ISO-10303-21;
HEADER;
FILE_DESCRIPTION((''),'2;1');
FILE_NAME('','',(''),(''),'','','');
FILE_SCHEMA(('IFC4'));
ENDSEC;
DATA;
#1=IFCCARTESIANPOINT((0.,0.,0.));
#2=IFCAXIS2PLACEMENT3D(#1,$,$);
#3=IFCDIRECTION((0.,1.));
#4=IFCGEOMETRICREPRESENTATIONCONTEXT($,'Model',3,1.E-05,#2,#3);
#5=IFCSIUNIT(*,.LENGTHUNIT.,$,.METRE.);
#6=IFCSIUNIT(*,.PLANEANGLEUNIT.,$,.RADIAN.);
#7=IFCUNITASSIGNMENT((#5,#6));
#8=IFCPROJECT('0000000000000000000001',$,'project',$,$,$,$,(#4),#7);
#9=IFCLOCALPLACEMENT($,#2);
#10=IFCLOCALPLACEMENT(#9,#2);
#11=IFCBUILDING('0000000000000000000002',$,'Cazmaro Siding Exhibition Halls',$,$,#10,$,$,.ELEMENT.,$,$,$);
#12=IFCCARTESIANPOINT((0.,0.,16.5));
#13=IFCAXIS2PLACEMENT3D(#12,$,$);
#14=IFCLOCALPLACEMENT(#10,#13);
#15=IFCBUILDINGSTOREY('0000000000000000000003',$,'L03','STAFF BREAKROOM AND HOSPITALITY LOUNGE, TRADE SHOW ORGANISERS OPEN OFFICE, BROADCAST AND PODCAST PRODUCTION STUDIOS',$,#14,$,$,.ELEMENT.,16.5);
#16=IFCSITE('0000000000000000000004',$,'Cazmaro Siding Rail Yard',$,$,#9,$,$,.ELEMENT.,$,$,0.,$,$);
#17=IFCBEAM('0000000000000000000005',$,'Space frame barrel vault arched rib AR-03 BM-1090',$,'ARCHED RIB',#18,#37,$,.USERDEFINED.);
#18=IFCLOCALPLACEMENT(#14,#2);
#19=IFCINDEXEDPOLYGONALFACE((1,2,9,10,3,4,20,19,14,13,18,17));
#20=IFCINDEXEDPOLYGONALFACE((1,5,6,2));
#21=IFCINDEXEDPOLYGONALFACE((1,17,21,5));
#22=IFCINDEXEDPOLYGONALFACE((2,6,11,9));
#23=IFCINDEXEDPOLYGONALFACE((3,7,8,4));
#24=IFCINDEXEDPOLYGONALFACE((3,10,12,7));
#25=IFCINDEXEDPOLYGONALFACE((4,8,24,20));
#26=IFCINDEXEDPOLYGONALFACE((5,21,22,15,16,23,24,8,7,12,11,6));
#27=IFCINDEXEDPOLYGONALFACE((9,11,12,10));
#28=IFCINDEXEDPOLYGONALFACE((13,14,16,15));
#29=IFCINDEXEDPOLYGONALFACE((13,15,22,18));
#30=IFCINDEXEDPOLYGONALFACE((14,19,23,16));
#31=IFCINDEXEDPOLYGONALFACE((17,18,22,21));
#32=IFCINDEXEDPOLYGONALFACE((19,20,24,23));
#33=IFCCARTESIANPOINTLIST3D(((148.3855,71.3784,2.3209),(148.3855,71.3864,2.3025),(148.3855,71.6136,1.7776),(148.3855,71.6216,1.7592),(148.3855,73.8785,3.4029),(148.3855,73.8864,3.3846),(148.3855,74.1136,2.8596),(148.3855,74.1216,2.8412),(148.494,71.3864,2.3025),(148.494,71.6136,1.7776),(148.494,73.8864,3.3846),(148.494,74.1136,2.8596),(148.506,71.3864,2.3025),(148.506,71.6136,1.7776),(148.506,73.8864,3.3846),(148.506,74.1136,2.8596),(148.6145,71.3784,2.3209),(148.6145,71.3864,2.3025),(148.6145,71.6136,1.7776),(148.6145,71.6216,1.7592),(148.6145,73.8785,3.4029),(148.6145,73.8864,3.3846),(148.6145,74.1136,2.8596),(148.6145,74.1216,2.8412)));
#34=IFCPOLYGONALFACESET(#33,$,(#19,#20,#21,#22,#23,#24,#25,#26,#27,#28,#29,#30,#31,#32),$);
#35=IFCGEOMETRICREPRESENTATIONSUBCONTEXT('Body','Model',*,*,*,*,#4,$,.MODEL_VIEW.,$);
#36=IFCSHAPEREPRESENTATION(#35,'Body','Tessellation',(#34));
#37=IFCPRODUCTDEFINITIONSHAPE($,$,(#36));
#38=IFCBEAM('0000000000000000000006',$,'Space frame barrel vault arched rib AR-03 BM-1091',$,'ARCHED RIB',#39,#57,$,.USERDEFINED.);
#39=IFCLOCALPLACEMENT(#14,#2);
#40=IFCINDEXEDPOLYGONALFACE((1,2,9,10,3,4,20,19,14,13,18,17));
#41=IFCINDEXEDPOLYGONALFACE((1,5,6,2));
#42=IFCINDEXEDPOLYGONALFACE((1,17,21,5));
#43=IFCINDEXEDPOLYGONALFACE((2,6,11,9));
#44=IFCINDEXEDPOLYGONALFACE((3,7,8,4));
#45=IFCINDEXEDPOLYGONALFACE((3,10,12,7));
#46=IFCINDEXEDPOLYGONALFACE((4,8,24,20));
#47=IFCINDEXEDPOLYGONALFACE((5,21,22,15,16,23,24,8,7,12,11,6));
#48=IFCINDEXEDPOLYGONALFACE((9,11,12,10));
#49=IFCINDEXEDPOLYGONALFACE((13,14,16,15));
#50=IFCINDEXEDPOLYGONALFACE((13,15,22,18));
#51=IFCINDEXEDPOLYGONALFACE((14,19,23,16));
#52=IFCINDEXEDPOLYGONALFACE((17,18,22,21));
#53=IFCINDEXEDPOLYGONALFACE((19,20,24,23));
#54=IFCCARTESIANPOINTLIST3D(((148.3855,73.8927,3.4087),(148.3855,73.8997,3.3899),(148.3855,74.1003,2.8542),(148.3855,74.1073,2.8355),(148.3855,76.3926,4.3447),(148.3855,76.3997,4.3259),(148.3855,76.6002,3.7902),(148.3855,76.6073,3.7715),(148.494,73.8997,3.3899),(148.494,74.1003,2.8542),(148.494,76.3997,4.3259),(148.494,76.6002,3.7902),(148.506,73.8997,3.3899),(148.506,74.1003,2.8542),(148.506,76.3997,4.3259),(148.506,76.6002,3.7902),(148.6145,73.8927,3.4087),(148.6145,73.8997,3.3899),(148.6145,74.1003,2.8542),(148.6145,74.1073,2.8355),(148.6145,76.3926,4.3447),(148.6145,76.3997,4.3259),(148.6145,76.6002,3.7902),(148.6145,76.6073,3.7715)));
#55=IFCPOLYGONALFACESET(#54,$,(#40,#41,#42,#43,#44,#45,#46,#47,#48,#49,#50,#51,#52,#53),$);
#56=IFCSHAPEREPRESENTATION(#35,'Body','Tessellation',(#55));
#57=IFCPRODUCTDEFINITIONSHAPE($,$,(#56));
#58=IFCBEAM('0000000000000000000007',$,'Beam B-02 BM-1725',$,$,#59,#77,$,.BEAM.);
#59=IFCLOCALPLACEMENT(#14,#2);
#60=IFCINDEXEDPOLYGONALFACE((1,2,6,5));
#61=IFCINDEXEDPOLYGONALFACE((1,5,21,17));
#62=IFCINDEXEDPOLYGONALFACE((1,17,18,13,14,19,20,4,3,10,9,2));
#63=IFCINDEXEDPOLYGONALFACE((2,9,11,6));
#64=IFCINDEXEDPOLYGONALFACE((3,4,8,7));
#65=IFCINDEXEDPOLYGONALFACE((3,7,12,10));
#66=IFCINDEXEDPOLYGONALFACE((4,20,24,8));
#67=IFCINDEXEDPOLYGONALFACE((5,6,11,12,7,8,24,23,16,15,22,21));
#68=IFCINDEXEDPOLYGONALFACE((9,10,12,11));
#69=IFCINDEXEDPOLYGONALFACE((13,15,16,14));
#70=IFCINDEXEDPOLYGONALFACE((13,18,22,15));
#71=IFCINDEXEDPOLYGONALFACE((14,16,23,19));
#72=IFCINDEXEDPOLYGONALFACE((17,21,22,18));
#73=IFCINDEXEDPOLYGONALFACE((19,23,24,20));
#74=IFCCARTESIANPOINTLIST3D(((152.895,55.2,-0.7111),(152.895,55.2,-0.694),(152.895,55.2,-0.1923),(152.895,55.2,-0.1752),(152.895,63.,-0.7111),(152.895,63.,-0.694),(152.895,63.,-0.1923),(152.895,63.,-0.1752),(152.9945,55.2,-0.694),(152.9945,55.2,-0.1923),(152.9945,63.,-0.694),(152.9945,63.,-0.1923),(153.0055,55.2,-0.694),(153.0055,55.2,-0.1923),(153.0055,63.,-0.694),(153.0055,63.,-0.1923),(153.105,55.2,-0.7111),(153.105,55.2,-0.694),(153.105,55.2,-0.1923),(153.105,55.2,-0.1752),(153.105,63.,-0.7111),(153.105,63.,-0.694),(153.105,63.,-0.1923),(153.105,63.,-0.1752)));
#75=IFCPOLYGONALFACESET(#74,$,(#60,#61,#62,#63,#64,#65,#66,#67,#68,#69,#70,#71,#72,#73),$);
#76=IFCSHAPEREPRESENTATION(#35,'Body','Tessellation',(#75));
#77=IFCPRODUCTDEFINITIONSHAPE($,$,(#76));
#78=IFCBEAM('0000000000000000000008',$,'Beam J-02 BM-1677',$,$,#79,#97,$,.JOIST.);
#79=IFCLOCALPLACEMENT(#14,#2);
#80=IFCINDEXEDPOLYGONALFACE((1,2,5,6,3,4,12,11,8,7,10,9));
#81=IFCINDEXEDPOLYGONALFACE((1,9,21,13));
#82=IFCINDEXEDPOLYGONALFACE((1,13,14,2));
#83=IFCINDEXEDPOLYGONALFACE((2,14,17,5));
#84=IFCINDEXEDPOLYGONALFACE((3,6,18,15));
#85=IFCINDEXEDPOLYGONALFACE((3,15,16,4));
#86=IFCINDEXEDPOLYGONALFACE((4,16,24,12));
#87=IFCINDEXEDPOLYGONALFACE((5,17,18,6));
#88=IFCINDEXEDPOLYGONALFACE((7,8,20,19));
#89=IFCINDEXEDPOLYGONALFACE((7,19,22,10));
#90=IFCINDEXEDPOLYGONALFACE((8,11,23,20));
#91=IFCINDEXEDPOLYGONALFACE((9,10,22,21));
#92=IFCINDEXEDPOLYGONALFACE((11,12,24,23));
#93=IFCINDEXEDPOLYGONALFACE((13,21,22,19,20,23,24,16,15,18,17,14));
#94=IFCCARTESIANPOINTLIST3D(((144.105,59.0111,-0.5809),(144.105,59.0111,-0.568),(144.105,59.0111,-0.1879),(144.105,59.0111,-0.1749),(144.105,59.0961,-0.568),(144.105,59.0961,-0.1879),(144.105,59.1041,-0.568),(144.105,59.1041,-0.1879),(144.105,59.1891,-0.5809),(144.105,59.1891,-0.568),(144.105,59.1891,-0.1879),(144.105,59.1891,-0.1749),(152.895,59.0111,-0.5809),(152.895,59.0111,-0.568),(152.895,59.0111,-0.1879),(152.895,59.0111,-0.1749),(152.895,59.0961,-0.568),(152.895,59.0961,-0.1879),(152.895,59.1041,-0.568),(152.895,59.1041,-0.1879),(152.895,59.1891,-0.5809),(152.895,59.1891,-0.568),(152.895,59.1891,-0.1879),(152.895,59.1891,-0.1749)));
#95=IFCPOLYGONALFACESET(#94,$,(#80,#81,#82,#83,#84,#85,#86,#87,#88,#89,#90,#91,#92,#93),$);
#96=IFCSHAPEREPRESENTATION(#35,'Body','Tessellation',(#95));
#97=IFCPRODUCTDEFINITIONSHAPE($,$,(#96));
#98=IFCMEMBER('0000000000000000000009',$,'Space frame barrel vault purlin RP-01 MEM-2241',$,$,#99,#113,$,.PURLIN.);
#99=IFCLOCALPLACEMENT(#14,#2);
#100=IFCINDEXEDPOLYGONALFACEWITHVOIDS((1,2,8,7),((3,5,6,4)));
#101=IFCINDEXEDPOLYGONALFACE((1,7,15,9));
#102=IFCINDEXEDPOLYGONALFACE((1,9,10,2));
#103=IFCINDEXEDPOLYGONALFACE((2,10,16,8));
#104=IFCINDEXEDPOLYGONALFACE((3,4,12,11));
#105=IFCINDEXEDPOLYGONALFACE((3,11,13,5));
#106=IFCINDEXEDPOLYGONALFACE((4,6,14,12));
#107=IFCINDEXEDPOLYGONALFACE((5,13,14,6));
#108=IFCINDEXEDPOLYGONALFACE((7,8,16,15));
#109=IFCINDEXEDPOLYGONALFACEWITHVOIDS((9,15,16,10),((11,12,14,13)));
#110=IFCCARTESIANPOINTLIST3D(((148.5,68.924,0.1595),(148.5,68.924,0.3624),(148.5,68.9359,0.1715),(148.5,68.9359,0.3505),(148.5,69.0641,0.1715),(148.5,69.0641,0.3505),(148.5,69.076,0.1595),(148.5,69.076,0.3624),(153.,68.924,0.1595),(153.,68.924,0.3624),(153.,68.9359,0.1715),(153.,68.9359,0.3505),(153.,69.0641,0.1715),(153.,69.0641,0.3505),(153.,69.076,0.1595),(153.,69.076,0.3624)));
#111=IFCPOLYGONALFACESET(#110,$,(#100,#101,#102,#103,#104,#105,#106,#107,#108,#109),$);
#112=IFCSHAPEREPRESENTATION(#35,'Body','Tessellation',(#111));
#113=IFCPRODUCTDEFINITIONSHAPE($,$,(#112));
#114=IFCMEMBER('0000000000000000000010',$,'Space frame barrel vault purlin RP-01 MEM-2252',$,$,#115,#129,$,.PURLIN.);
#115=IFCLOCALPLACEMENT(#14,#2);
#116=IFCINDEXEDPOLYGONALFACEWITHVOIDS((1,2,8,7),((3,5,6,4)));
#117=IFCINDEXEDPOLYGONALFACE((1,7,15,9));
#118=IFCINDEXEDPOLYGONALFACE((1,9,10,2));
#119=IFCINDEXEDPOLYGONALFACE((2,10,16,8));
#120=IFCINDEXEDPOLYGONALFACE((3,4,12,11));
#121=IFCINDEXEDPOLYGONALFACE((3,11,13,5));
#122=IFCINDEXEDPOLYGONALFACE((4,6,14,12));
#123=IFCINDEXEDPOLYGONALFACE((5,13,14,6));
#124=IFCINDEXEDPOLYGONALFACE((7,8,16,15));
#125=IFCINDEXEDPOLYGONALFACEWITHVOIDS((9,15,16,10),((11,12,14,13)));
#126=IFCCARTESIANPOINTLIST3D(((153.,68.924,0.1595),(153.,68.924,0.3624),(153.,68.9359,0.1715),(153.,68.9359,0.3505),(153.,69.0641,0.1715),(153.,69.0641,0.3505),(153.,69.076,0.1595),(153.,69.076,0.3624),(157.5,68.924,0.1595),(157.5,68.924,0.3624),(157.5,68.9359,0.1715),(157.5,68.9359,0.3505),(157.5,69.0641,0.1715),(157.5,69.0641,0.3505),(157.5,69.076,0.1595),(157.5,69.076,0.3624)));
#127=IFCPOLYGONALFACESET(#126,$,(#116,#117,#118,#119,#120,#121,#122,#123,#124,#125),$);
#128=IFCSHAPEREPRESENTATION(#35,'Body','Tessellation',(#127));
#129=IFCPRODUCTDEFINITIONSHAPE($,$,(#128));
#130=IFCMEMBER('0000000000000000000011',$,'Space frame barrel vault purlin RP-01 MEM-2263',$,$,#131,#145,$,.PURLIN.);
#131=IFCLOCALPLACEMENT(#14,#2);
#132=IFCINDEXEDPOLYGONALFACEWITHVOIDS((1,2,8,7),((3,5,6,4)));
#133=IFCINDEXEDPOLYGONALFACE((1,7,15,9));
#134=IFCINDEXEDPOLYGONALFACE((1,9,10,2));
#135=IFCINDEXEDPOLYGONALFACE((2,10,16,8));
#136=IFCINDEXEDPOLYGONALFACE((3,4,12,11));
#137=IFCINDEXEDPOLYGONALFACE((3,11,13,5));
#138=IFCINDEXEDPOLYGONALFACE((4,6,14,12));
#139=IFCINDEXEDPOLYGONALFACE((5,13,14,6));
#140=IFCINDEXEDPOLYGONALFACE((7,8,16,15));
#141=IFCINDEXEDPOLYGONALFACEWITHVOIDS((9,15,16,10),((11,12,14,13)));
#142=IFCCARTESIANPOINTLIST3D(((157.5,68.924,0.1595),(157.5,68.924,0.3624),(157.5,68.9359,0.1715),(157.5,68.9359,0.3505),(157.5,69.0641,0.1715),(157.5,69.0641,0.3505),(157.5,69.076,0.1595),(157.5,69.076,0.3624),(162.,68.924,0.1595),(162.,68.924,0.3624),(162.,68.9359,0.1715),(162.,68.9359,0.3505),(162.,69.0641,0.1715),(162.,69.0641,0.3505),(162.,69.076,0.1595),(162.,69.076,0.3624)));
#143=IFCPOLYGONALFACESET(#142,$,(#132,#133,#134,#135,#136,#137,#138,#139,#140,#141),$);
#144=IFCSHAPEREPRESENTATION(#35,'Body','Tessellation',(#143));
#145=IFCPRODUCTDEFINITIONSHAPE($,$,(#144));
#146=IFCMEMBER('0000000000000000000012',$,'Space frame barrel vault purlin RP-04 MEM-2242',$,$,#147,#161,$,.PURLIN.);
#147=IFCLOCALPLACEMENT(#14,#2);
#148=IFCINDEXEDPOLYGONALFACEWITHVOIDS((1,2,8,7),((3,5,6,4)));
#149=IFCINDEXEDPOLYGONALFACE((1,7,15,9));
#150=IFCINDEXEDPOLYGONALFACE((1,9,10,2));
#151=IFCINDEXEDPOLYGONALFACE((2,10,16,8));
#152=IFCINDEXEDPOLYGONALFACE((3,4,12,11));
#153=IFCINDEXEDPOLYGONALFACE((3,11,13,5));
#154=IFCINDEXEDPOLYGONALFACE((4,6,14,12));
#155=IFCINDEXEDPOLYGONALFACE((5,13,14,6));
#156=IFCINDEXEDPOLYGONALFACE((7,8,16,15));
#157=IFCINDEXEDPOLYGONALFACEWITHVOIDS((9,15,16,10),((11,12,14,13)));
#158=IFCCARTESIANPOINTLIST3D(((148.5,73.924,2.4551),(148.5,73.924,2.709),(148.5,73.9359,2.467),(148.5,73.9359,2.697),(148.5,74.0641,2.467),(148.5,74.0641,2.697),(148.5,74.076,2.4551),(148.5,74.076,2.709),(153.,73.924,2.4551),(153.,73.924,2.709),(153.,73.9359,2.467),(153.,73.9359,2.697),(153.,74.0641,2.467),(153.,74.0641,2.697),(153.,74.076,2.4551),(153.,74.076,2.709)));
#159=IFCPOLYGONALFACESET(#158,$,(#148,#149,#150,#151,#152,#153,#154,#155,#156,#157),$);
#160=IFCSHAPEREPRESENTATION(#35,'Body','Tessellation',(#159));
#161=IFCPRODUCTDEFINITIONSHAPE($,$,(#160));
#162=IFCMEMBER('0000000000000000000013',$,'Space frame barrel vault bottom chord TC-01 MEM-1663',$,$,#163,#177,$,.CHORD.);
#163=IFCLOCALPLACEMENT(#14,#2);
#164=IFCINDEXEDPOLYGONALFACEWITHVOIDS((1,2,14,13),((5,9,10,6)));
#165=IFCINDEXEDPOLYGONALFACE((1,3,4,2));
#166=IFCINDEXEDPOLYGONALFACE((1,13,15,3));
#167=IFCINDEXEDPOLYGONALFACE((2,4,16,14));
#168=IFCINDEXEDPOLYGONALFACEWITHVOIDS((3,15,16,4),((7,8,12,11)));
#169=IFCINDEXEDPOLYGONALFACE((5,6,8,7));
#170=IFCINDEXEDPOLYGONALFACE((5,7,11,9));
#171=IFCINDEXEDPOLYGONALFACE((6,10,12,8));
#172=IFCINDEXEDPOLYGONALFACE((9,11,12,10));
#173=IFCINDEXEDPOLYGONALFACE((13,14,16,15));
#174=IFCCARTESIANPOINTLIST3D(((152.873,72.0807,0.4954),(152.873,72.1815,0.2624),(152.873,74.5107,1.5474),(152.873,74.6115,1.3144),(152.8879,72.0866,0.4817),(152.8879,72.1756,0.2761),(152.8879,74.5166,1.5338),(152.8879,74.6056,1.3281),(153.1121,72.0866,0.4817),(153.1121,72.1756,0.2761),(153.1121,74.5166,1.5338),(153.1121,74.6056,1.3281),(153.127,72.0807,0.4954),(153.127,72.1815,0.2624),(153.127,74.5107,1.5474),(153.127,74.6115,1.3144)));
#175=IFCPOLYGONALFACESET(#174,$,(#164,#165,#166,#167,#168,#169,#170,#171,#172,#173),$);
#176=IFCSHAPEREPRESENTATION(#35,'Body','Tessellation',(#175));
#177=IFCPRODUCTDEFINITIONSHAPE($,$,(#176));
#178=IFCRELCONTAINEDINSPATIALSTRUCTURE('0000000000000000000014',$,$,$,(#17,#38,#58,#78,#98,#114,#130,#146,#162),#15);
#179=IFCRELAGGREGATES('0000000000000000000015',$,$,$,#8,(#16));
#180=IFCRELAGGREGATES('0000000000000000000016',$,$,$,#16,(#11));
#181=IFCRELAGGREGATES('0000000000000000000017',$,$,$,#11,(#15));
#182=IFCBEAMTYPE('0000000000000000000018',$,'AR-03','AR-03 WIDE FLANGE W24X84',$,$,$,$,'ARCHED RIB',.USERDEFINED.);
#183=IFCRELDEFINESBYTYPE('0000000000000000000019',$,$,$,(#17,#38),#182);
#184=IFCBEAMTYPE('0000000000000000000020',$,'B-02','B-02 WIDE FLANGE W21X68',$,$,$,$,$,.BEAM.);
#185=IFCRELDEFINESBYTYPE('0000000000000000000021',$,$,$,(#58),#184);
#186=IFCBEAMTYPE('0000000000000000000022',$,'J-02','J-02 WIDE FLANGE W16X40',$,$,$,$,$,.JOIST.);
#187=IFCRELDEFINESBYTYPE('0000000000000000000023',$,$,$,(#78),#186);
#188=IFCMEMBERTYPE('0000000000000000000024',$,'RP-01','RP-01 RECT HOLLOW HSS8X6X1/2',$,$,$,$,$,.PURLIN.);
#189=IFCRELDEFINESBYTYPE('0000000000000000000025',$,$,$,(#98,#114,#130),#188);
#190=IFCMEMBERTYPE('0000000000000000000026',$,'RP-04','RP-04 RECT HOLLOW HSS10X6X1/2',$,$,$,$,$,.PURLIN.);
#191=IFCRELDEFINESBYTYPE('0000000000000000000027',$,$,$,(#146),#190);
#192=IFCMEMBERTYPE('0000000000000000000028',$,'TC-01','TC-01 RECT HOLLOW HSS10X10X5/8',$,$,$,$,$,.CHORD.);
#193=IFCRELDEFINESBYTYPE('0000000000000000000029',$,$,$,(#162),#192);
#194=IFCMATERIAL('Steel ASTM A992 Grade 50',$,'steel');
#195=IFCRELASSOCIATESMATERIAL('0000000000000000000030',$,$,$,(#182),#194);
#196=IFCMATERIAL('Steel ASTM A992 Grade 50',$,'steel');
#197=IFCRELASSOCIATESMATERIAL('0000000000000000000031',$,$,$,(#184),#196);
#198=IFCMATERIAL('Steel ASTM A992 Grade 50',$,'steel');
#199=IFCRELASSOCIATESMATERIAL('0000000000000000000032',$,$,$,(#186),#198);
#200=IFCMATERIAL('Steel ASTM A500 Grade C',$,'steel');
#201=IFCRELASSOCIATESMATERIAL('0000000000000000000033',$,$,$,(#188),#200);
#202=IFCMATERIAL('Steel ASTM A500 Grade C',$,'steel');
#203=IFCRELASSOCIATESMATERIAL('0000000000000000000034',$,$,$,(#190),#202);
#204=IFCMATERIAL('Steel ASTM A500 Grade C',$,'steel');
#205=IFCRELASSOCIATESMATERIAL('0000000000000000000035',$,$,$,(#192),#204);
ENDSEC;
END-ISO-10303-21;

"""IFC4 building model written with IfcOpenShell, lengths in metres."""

from ifc_helpers import new_model, si_unit, direction, frame, origin, origin_2d, place, context, subcontext, project, spatial, hollow_rectangle, i_section, extrude, material, material_profile, profile_set, type_object, element, save


model = new_model("IFC4")

# Units and contexts
model_context = context("Model", 3, precision=1e-05, world=origin(), true_north=direction((0.0, 1.0)))
body_context = subcontext(model_context, "Body", "Model", "MODEL_VIEW")
ifc_project = project(units=[si_unit("LENGTHUNIT", "METRE"), si_unit("PLANEANGLEUNIT", "RADIAN")], contexts=[model_context])

# Site, building, storey
site_placement = place(None, origin())
site = spatial("IfcSite", under=ifc_project, at=site_placement, Name="Cazmaro Siding Rail Yard", CompositionType="ELEMENT", RefElevation=0.0)
building_placement = place(site_placement, origin())
building = spatial("IfcBuilding", under=site, at=building_placement, Name="Cazmaro Siding Exhibition Halls", CompositionType="ELEMENT")
storey_placement = place(building_placement, frame((0.0, 0.0, 16.5)))
storey = spatial("IfcBuildingStorey", under=building, at=storey_placement, Name="L03", Description="STAFF BREAKROOM AND HOSPITALITY LOUNGE, TRADE SHOW ORGANISERS OPEN OFFICE, BROADCAST AND PODCAST PRODUCTION STUDIOS", CompositionType="ELEMENT", Elevation=16.5)

# Beams
ifc_material_1 = material(Name="Steel ASTM A992 Grade 50", Category="steel")
ifc_material_profile_1 = material_profile(ifc_material_1, i_section(OverallWidth=0.229, OverallDepth=0.6121, WebThickness=0.012, FlangeThickness=0.02, at=origin_2d()), Name="W24X84")
ifc_profile_set_1 = profile_set([ifc_material_profile_1], Name="Steel ASTM A992 Grade 50")
beam_type_1 = type_object("IfcBeamType", Name="AR-03", Description="AR-03 WIDE FLANGE W24X84", ElementType="ARCHED RIB", PredefinedType="USERDEFINED", material=ifc_profile_set_1)
beam_1_placement = place(storey_placement, frame((148.5, 71.5, 2.04), z_axis=(0.0, 0.91773, 0.397205), x_axis=(-1.0, 0.0, 0.0)))
element("IfcBeam", 1, at=beam_1_placement, inside=storey, type_object=beam_type_1, Name="Space frame barrel vault arched rib AR-03 BM-1090", ObjectType="ARCHED RIB", PredefinedType="USERDEFINED", context=body_context, shape_type="SweptSolid", body=[
    extrude(i_section(OverallWidth=0.229, OverallDepth=0.6121, WebThickness=0.012, FlangeThickness=0.02, at=origin_2d()), origin(), (0.0, 0.0, 1.0), 2.7241),
])
beam_2_placement = place(storey_placement, frame((148.5, 74.0, 3.1221), z_axis=(0.0, 0.936509, 0.350642), x_axis=(-1.0, 0.0, 0.0)))
element("IfcBeam", 2, at=beam_2_placement, inside=storey, type_object=beam_type_1, Name="Space frame barrel vault arched rib AR-03 BM-1091", ObjectType="ARCHED RIB", PredefinedType="USERDEFINED", context=body_context, shape_type="SweptSolid", body=[
    extrude(i_section(OverallWidth=0.229, OverallDepth=0.6121, WebThickness=0.012, FlangeThickness=0.02, at=origin_2d()), origin(), (0.0, 0.0, 1.0), 2.6694),
])
ifc_material_2 = material(Name="Steel ASTM A992 Grade 50", Category="steel")
ifc_material_profile_2 = material_profile(ifc_material_2, i_section(OverallWidth=0.21, OverallDepth=0.5359, WebThickness=0.011, FlangeThickness=0.0171, at=origin_2d()), Name="W21X68")
ifc_profile_set_2 = profile_set([ifc_material_profile_2], Name="Steel ASTM A992 Grade 50")
beam_type_2 = type_object("IfcBeamType", Name="B-02", Description="B-02 WIDE FLANGE W21X68", PredefinedType="BEAM", material=ifc_profile_set_2)
beam_3_placement = place(storey_placement, frame((153.0, 55.2, -0.4431), z_axis=(0.0, 1.0, 0.0), x_axis=(-1.0, 0.0, 0.0)))
element("IfcBeam", 3, at=beam_3_placement, inside=storey, type_object=beam_type_2, Name="Beam B-02 BM-1725", PredefinedType="BEAM", context=body_context, shape_type="SweptSolid", body=[
    extrude(i_section(OverallWidth=0.21, OverallDepth=0.5359, WebThickness=0.011, FlangeThickness=0.0171, at=origin_2d()), origin(), (0.0, 0.0, 1.0), 7.8),
])
ifc_material_3 = material(Name="Steel ASTM A992 Grade 50", Category="steel")
ifc_material_profile_3 = material_profile(ifc_material_3, i_section(OverallWidth=0.178, OverallDepth=0.406, WebThickness=0.0081, FlangeThickness=0.0129, at=origin_2d()), Name="W16X40")
ifc_profile_set_3 = profile_set([ifc_material_profile_3], Name="Steel ASTM A992 Grade 50")
beam_type_3 = type_object("IfcBeamType", Name="J-02", Description="J-02 WIDE FLANGE W16X40", PredefinedType="JOIST", material=ifc_profile_set_3)
beam_4_placement = place(storey_placement, frame((144.105, 59.1001, -0.3779), z_axis=(1.0, 0.0, 0.0), x_axis=(0.0, 1.0, 0.0)))
element("IfcBeam", 4, at=beam_4_placement, inside=storey, type_object=beam_type_3, Name="Beam J-02 BM-1677", PredefinedType="JOIST", context=body_context, shape_type="SweptSolid", body=[
    extrude(i_section(OverallWidth=0.178, OverallDepth=0.406, WebThickness=0.0081, FlangeThickness=0.0129, at=origin_2d()), origin(), (0.0, 0.0, 1.0), 8.79),
])

# Members
ifc_material_4 = material(Name="Steel ASTM A500 Grade C", Category="steel")
ifc_material_profile_4 = material_profile(ifc_material_4, hollow_rectangle(XDim=0.1521, YDim=0.2029, WallThickness=0.012, at=origin_2d()), Name="HSS8X6X1/2")
ifc_profile_set_4 = profile_set([ifc_material_profile_4], Name="Steel ASTM A500 Grade C")
member_type_1 = type_object("IfcMemberType", Name="RP-01", Description="RP-01 RECT HOLLOW HSS8X6X1/2", PredefinedType="PURLIN", material=ifc_profile_set_4)
for number, where, z_axis, x_axis, name in (
    (5, (148.5, 69.0, 0.261), (1.0, 0.0, 0.0), (0.0, 1.0, 0.0), "Space frame barrel vault purlin RP-01 MEM-2241"),
    (6, (153.0, 69.0, 0.261), (1.0, 0.0, 0.0), (0.0, 1.0, 0.0), "Space frame barrel vault purlin RP-01 MEM-2252"),
    (7, (157.5, 69.0, 0.261), (1.0, 0.0, 0.0), (0.0, 1.0, 0.0), "Space frame barrel vault purlin RP-01 MEM-2263"),
):
    element("IfcMember", number, at=place(storey_placement, frame(where, z_axis=z_axis, x_axis=x_axis)), inside=storey, type_object=member_type_1, Name=name, PredefinedType="PURLIN", context=body_context, shape_type="SweptSolid", body=[
        extrude(hollow_rectangle(XDim=0.1521, YDim=0.2029, WallThickness=0.012, at=origin_2d()), origin(), (0.0, 0.0, 1.0), 4.5),
    ])
ifc_material_5 = material(Name="Steel ASTM A500 Grade C", Category="steel")
ifc_material_profile_5 = material_profile(ifc_material_5, hollow_rectangle(XDim=0.1521, YDim=0.2539, WallThickness=0.012, at=origin_2d()), Name="HSS10X6X1/2")
ifc_profile_set_5 = profile_set([ifc_material_profile_5], Name="Steel ASTM A500 Grade C")
member_type_2 = type_object("IfcMemberType", Name="RP-04", Description="RP-04 RECT HOLLOW HSS10X6X1/2", PredefinedType="PURLIN", material=ifc_profile_set_5)
member_1_placement = place(storey_placement, frame((148.5, 74.0, 2.582), z_axis=(1.0, 0.0, 0.0), x_axis=(0.0, 1.0, 0.0)))
element("IfcMember", 8, at=member_1_placement, inside=storey, type_object=member_type_2, Name="Space frame barrel vault purlin RP-04 MEM-2242", PredefinedType="PURLIN", context=body_context, shape_type="SweptSolid", body=[
    extrude(hollow_rectangle(XDim=0.1521, YDim=0.2539, WallThickness=0.012, at=origin_2d()), origin(), (0.0, 0.0, 1.0), 4.5),
])
ifc_material_6 = material(Name="Steel ASTM A500 Grade C", Category="steel")
ifc_material_profile_6 = material_profile(ifc_material_6, hollow_rectangle(XDim=0.2539, YDim=0.2539, WallThickness=0.0149, at=origin_2d()), Name="HSS10X10X5/8")
ifc_profile_set_6 = profile_set([ifc_material_profile_6], Name="Steel ASTM A500 Grade C")
member_type_3 = type_object("IfcMemberType", Name="TC-01", Description="TC-01 RECT HOLLOW HSS10X10X5/8", PredefinedType="CHORD", material=ifc_profile_set_6)
member_2_placement = place(storey_placement, frame((153.0, 72.1311, 0.3789), z_axis=(0.0, 0.917689, 0.397299), x_axis=(-1.0, 0.0, 0.0)))
element("IfcMember", 9, at=member_2_placement, inside=storey, type_object=member_type_3, Name="Space frame barrel vault bottom chord TC-01 MEM-1663", PredefinedType="CHORD", context=body_context, shape_type="SweptSolid", body=[
    extrude(hollow_rectangle(XDim=0.2539, YDim=0.2539, WallThickness=0.0149, at=origin_2d()), origin(), (0.0, 0.0, 1.0), 2.6479),
])

save(model, "model.ifc")
